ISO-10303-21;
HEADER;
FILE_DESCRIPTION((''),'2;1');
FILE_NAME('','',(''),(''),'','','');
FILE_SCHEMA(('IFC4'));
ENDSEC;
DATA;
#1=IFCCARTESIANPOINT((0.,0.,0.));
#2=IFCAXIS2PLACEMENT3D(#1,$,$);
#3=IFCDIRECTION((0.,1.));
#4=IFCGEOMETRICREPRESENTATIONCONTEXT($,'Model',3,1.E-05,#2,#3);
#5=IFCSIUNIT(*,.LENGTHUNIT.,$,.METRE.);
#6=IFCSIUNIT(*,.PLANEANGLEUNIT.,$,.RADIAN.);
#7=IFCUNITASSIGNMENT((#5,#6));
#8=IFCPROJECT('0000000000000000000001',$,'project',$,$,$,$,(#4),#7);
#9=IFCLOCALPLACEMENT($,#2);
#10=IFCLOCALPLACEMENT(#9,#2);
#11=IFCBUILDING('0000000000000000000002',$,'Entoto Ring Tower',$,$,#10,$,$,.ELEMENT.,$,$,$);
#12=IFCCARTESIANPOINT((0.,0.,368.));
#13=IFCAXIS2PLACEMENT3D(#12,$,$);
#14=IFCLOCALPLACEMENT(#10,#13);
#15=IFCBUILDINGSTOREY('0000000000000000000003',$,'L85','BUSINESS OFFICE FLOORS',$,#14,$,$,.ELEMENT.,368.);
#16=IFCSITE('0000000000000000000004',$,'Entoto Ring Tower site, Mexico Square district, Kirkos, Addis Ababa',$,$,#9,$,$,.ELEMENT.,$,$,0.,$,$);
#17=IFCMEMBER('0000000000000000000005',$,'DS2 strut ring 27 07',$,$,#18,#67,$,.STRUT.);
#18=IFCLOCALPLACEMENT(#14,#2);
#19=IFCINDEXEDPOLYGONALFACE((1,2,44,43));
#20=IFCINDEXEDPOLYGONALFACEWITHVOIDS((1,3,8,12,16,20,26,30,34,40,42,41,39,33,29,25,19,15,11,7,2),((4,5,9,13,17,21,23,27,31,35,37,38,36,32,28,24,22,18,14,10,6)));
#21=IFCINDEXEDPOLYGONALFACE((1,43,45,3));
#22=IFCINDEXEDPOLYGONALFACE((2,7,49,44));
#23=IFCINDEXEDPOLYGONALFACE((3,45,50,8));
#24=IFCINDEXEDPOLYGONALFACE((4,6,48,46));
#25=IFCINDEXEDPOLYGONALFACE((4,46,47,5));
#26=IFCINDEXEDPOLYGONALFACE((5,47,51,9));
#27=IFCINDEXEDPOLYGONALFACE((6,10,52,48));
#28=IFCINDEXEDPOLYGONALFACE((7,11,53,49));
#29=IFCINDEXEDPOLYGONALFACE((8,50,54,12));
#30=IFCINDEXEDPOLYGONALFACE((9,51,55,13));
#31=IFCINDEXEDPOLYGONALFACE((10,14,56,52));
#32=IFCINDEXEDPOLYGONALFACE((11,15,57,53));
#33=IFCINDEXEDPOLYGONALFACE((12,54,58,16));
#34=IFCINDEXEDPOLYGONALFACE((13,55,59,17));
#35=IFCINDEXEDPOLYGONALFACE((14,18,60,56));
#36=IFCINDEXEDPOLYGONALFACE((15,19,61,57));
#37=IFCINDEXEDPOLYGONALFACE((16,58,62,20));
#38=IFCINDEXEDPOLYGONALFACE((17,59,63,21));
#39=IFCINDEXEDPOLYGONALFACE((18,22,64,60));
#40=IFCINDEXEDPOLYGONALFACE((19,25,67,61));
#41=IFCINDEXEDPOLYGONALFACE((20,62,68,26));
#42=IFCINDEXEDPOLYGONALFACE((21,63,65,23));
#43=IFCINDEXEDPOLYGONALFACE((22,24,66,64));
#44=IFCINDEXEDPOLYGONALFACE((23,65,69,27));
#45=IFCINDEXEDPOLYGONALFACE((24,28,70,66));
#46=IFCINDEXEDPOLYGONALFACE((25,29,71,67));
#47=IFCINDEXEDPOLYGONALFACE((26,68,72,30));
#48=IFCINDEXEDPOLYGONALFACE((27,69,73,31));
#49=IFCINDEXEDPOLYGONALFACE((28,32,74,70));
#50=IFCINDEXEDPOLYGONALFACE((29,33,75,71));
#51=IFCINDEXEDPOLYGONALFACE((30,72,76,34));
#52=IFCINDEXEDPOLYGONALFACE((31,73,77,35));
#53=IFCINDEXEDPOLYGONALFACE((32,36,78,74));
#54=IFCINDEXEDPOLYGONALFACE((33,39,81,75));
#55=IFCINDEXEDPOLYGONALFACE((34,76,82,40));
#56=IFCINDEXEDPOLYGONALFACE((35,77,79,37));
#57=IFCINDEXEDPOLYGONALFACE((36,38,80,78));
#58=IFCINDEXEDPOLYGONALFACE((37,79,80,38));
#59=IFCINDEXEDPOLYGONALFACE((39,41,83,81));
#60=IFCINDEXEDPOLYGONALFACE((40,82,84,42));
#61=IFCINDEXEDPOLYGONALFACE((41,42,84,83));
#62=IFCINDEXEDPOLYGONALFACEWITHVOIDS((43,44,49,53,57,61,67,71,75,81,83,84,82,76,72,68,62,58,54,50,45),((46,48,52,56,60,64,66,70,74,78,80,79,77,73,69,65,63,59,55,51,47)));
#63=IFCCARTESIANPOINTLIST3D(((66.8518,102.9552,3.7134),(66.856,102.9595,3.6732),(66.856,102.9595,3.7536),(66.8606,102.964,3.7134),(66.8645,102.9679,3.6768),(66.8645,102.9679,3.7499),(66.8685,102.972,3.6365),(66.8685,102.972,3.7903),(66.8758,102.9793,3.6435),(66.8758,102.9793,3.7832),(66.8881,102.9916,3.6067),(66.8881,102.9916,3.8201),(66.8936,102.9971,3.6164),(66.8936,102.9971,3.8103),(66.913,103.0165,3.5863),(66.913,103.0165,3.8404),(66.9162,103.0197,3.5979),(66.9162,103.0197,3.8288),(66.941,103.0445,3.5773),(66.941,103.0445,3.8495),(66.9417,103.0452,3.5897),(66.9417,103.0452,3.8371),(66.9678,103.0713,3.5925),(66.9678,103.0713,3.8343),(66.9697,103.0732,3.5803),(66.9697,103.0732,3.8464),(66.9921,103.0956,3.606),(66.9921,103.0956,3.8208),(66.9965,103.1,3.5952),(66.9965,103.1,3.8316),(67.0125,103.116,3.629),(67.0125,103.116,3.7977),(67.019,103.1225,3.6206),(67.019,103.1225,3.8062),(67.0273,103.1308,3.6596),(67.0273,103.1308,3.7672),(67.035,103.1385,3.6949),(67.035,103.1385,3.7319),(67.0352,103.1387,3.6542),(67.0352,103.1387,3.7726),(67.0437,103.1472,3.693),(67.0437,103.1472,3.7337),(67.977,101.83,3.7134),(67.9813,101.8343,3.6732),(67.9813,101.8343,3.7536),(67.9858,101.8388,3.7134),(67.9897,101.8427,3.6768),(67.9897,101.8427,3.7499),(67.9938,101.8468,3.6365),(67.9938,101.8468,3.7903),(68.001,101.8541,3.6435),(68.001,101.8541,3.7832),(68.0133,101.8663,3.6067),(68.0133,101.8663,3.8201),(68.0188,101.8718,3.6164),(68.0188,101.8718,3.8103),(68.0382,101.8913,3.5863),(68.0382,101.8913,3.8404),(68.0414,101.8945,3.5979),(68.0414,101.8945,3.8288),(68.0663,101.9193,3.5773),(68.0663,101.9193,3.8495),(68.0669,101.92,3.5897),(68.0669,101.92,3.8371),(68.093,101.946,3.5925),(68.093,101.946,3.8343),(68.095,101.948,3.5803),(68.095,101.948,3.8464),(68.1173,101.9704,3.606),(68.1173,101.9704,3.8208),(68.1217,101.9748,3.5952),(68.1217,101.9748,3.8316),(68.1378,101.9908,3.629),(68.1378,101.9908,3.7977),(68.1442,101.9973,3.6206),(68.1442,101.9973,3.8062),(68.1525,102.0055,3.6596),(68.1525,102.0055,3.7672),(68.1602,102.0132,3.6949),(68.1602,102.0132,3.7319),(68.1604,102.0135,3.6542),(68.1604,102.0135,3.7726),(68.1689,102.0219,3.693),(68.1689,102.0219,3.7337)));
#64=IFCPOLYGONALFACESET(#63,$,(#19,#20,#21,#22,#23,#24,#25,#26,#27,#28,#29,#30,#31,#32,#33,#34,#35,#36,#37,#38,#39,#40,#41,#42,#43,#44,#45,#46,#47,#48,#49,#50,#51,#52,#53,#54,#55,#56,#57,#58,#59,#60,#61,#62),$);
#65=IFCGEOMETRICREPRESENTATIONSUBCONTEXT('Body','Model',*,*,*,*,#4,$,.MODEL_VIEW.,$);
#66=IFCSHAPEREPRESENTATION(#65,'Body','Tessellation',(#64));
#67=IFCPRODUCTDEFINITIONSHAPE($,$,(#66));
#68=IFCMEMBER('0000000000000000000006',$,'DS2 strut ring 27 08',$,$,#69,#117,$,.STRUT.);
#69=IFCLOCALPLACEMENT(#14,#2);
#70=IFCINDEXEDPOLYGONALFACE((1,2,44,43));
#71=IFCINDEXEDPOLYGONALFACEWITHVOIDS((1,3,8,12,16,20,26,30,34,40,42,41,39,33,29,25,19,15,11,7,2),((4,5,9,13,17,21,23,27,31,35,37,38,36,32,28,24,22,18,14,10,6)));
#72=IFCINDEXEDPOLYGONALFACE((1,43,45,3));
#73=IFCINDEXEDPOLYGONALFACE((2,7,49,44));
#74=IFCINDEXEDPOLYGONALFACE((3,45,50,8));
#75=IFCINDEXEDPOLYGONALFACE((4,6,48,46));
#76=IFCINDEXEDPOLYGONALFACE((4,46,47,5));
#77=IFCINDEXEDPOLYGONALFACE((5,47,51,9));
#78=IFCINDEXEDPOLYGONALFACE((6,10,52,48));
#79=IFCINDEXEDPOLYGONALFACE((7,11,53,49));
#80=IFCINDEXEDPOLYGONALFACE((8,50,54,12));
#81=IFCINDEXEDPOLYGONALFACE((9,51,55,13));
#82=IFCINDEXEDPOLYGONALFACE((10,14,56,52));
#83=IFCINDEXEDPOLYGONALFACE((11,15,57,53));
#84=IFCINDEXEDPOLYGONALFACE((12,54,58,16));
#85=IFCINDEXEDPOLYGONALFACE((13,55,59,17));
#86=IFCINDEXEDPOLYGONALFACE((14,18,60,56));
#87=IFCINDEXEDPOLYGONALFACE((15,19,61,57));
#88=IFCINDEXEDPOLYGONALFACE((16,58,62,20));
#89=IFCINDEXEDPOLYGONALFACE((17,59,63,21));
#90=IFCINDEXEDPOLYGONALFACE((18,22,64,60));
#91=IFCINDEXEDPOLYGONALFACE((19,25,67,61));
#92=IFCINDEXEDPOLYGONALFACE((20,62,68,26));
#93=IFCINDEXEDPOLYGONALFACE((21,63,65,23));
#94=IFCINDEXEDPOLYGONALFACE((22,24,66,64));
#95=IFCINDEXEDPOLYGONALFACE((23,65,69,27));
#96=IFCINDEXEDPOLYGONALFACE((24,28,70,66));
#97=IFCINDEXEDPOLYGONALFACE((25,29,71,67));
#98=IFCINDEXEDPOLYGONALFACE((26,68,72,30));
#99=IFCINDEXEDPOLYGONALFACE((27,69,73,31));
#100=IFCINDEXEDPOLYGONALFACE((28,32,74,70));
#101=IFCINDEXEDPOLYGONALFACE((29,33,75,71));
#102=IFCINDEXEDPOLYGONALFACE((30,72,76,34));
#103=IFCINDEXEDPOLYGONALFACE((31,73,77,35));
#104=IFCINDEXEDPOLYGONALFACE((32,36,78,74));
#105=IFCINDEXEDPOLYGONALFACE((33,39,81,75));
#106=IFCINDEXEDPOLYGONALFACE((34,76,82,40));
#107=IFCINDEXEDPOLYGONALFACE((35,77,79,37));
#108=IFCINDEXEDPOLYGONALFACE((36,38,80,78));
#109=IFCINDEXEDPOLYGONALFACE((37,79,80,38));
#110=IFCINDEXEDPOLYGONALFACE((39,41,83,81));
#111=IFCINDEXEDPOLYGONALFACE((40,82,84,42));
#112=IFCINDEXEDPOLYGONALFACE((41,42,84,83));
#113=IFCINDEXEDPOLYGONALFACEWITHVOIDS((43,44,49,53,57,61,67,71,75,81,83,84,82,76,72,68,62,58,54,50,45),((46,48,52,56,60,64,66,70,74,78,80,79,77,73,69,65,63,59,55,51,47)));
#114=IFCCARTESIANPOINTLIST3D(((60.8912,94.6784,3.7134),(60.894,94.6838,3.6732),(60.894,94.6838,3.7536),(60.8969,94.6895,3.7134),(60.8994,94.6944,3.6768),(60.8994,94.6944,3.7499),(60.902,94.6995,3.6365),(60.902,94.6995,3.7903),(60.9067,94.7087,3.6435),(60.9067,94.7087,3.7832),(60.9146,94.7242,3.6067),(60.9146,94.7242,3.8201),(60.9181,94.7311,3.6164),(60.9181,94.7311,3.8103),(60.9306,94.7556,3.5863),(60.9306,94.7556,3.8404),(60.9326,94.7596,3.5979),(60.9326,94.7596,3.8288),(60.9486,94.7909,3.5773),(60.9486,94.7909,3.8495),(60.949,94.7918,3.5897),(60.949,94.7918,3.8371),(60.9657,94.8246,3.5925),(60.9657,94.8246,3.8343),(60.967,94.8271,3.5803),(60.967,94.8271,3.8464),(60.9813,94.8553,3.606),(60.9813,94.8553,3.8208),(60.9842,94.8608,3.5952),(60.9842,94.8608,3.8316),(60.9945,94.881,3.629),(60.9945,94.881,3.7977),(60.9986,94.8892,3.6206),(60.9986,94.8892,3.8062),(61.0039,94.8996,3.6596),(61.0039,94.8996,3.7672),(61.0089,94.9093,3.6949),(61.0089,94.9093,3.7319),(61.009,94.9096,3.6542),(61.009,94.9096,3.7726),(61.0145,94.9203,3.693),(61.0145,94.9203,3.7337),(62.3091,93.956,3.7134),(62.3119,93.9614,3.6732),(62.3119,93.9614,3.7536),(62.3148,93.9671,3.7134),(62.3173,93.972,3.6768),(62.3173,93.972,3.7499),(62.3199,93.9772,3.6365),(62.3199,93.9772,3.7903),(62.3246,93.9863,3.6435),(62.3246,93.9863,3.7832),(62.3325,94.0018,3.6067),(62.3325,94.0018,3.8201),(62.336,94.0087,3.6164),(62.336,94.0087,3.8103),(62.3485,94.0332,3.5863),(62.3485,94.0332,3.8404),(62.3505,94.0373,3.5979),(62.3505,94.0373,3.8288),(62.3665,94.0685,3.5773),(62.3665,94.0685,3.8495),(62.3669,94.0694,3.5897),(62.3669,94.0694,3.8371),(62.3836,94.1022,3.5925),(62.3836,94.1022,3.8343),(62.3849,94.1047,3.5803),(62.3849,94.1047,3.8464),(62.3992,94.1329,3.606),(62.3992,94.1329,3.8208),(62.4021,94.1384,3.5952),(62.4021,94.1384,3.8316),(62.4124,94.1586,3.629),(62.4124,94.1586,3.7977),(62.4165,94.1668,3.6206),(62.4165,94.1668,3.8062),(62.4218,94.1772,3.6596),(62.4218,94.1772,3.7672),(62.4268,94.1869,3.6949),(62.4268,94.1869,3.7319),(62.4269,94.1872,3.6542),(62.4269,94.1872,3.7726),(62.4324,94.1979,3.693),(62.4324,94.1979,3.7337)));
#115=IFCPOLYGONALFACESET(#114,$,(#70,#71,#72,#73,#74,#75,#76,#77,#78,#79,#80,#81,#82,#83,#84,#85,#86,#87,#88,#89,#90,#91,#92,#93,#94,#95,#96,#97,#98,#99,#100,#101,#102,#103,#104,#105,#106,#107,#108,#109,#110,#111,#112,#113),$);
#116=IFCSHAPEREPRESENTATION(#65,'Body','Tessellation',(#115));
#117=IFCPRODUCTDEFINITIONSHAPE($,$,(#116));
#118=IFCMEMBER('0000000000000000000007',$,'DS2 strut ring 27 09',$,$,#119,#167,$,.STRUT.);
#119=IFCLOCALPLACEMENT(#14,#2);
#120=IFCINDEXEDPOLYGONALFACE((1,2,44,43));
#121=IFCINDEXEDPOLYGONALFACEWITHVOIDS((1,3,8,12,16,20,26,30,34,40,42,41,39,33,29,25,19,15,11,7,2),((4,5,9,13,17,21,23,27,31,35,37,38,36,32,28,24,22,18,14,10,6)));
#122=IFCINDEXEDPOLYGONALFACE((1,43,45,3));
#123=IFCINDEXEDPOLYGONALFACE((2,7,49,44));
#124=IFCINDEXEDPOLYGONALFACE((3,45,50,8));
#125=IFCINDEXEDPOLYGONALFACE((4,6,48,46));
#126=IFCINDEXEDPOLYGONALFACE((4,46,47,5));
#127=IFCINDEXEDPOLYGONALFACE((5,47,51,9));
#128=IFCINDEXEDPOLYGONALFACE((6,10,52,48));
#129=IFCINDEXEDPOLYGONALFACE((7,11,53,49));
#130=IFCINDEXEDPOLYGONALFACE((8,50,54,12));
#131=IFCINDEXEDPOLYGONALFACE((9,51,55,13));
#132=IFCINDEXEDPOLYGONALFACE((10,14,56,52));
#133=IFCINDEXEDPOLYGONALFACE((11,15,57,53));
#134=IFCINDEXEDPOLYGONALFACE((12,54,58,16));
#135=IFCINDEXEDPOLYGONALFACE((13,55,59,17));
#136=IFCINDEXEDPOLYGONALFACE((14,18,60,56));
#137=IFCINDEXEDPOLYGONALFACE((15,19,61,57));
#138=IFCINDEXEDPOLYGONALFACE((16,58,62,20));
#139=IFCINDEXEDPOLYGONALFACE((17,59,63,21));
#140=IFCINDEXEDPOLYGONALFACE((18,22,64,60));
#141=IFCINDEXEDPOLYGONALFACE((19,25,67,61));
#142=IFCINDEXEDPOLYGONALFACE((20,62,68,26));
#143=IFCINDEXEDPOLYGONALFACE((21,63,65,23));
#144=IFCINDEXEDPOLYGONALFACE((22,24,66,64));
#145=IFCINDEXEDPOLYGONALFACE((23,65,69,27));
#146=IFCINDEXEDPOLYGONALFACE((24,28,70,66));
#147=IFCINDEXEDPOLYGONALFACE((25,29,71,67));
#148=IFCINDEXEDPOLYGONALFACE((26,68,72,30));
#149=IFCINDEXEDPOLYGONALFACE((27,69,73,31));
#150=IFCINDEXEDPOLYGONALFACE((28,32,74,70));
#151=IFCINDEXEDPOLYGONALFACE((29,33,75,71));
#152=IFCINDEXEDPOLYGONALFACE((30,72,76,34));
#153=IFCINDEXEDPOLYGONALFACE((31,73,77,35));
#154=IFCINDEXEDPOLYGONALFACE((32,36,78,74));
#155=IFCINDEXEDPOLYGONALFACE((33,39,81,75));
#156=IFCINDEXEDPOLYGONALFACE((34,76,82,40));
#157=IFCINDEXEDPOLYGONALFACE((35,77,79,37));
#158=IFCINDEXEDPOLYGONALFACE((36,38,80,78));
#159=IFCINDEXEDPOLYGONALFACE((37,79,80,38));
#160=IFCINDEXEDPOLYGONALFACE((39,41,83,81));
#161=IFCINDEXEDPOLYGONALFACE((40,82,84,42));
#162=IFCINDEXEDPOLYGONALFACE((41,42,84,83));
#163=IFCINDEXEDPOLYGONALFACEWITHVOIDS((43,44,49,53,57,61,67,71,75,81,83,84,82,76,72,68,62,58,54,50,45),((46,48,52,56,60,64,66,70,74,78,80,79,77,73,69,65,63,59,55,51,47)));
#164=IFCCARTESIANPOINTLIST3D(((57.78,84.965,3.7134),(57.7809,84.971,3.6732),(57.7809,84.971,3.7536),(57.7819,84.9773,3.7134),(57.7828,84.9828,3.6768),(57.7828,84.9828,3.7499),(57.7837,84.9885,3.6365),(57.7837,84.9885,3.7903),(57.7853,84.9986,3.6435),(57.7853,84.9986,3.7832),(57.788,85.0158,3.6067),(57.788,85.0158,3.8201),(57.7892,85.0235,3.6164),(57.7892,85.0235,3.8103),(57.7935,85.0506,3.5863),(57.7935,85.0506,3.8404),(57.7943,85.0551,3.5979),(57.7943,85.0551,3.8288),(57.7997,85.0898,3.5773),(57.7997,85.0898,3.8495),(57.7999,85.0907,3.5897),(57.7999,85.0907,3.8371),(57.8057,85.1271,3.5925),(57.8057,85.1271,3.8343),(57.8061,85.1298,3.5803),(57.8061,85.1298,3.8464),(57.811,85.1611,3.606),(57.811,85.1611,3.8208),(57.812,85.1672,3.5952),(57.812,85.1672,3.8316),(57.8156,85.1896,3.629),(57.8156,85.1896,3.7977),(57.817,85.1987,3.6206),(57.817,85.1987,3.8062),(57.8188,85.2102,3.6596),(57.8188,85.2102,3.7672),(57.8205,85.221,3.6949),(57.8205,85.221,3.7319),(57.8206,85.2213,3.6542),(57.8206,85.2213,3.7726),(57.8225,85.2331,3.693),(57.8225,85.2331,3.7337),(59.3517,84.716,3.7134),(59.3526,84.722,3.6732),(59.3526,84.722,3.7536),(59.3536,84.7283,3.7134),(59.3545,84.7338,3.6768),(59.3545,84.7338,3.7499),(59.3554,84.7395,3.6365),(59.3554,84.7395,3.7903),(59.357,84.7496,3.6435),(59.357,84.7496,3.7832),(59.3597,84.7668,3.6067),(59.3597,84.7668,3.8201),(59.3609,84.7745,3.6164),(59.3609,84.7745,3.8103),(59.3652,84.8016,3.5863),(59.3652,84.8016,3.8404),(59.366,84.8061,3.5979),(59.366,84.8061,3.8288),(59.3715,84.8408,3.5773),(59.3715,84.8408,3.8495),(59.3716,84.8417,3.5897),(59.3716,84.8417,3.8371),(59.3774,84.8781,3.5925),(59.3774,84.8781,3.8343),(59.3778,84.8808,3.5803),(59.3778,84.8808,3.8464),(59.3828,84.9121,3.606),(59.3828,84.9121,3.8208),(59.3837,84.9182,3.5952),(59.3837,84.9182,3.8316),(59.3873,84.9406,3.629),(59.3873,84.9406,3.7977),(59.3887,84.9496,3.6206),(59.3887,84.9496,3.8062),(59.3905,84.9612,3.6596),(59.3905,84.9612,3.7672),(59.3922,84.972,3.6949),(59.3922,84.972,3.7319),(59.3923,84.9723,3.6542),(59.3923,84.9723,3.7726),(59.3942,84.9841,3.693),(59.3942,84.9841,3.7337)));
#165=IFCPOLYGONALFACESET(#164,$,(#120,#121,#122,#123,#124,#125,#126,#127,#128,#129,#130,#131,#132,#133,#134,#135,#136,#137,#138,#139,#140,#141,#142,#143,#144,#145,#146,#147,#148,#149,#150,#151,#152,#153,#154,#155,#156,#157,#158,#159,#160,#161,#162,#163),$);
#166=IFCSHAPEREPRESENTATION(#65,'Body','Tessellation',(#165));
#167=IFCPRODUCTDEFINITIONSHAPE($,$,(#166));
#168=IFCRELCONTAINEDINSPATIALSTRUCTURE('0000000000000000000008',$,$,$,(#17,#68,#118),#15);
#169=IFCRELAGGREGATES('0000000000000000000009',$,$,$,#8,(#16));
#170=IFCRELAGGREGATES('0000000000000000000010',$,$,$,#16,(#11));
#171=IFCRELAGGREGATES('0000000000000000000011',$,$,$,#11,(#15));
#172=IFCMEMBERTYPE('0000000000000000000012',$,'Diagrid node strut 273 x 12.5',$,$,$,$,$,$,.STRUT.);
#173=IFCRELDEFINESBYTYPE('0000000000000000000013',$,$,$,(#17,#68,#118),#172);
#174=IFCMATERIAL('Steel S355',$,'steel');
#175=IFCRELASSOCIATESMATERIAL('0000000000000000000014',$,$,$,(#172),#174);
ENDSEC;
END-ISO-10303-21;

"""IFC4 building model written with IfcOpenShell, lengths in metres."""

from ifc_helpers import new_model, si_unit, direction, frame, origin, origin_2d, place, context, subcontext, project, spatial, circle, hollow_circle, extrude, material, material_profile, profile_set, type_object, element, save


model = new_model("IFC4")

# Units and contexts
model_context = context("Model", 3, precision=1e-05, world=origin(), true_north=direction((0.0, 1.0)))
body_context = subcontext(model_context, "Body", "Model", "MODEL_VIEW")
ifc_project = project(units=[si_unit("LENGTHUNIT", "METRE"), si_unit("PLANEANGLEUNIT", "RADIAN")], contexts=[model_context])

# Site, building, storey
site_placement = place(None, origin())
site = spatial("IfcSite", under=ifc_project, at=site_placement, Name="Entoto Ring Tower site, Mexico Square district, Kirkos, Addis Ababa", CompositionType="ELEMENT", RefElevation=0.0)
building_placement = place(site_placement, origin())
building = spatial("IfcBuilding", under=site, at=building_placement, Name="Entoto Ring Tower", CompositionType="ELEMENT")
storey_placement = place(building_placement, frame((0.0, 0.0, 368.0)))
storey = spatial("IfcBuildingStorey", under=building, at=storey_placement, Name="L85", Description="BUSINESS OFFICE FLOORS", CompositionType="ELEMENT", Elevation=368.0)

# Members
ifc_material_1 = material(Name="Steel S355", Category="steel")
ifc_material_profile_1 = material_profile(ifc_material_1, hollow_circle(Radius=0.1365, WallThickness=0.0125, at=origin_2d()), Name="CHS 273 x 12.5")
ifc_material_2 = material(Name="Concrete C60/75", Category="concrete")
ifc_material_profile_2 = material_profile(ifc_material_2, circle(Radius=0.124, at=origin_2d()), Name="Concrete C60/75 infill")
ifc_profile_set_1 = profile_set([ifc_material_profile_1, ifc_material_profile_2], Name="Steel S355")
member_type = type_object("IfcMemberType", Name="Diagrid node strut 273 x 12.5", PredefinedType="STRUT", material=ifc_profile_set_1)
for number, where, z_axis, x_axis, name in (
    (1, (68.0735, 101.9265, 3.7134), (-0.707107, 0.707107, 0.0), (-0.707107, -0.707107, 0.0), "DS2 strut ring 27 07"),
    (2, (62.3711, 94.0776, 3.7134), (-0.891027, 0.453951, 0.0), (-0.453951, -0.891027, 0.0), "DS2 strut ring 27 08"),
    (3, (59.373, 84.8508, 3.7134), (-0.987681, 0.156483, 0.0), (-0.156483, -0.987681, 0.0), "DS2 strut ring 27 09"),
):
    element("IfcMember", number, at=place(storey_placement, frame(where, z_axis=z_axis, x_axis=x_axis)), inside=storey, type_object=member_type, Name=name, PredefinedType="STRUT", context=body_context, shape_type="SweptSolid", body=[
        extrude(hollow_circle(Radius=0.1365, WallThickness=0.0125, at=origin_2d()), origin(), (0.0, 0.0, 1.0), 1.5913),
    ])

save(model, "model.ifc")
